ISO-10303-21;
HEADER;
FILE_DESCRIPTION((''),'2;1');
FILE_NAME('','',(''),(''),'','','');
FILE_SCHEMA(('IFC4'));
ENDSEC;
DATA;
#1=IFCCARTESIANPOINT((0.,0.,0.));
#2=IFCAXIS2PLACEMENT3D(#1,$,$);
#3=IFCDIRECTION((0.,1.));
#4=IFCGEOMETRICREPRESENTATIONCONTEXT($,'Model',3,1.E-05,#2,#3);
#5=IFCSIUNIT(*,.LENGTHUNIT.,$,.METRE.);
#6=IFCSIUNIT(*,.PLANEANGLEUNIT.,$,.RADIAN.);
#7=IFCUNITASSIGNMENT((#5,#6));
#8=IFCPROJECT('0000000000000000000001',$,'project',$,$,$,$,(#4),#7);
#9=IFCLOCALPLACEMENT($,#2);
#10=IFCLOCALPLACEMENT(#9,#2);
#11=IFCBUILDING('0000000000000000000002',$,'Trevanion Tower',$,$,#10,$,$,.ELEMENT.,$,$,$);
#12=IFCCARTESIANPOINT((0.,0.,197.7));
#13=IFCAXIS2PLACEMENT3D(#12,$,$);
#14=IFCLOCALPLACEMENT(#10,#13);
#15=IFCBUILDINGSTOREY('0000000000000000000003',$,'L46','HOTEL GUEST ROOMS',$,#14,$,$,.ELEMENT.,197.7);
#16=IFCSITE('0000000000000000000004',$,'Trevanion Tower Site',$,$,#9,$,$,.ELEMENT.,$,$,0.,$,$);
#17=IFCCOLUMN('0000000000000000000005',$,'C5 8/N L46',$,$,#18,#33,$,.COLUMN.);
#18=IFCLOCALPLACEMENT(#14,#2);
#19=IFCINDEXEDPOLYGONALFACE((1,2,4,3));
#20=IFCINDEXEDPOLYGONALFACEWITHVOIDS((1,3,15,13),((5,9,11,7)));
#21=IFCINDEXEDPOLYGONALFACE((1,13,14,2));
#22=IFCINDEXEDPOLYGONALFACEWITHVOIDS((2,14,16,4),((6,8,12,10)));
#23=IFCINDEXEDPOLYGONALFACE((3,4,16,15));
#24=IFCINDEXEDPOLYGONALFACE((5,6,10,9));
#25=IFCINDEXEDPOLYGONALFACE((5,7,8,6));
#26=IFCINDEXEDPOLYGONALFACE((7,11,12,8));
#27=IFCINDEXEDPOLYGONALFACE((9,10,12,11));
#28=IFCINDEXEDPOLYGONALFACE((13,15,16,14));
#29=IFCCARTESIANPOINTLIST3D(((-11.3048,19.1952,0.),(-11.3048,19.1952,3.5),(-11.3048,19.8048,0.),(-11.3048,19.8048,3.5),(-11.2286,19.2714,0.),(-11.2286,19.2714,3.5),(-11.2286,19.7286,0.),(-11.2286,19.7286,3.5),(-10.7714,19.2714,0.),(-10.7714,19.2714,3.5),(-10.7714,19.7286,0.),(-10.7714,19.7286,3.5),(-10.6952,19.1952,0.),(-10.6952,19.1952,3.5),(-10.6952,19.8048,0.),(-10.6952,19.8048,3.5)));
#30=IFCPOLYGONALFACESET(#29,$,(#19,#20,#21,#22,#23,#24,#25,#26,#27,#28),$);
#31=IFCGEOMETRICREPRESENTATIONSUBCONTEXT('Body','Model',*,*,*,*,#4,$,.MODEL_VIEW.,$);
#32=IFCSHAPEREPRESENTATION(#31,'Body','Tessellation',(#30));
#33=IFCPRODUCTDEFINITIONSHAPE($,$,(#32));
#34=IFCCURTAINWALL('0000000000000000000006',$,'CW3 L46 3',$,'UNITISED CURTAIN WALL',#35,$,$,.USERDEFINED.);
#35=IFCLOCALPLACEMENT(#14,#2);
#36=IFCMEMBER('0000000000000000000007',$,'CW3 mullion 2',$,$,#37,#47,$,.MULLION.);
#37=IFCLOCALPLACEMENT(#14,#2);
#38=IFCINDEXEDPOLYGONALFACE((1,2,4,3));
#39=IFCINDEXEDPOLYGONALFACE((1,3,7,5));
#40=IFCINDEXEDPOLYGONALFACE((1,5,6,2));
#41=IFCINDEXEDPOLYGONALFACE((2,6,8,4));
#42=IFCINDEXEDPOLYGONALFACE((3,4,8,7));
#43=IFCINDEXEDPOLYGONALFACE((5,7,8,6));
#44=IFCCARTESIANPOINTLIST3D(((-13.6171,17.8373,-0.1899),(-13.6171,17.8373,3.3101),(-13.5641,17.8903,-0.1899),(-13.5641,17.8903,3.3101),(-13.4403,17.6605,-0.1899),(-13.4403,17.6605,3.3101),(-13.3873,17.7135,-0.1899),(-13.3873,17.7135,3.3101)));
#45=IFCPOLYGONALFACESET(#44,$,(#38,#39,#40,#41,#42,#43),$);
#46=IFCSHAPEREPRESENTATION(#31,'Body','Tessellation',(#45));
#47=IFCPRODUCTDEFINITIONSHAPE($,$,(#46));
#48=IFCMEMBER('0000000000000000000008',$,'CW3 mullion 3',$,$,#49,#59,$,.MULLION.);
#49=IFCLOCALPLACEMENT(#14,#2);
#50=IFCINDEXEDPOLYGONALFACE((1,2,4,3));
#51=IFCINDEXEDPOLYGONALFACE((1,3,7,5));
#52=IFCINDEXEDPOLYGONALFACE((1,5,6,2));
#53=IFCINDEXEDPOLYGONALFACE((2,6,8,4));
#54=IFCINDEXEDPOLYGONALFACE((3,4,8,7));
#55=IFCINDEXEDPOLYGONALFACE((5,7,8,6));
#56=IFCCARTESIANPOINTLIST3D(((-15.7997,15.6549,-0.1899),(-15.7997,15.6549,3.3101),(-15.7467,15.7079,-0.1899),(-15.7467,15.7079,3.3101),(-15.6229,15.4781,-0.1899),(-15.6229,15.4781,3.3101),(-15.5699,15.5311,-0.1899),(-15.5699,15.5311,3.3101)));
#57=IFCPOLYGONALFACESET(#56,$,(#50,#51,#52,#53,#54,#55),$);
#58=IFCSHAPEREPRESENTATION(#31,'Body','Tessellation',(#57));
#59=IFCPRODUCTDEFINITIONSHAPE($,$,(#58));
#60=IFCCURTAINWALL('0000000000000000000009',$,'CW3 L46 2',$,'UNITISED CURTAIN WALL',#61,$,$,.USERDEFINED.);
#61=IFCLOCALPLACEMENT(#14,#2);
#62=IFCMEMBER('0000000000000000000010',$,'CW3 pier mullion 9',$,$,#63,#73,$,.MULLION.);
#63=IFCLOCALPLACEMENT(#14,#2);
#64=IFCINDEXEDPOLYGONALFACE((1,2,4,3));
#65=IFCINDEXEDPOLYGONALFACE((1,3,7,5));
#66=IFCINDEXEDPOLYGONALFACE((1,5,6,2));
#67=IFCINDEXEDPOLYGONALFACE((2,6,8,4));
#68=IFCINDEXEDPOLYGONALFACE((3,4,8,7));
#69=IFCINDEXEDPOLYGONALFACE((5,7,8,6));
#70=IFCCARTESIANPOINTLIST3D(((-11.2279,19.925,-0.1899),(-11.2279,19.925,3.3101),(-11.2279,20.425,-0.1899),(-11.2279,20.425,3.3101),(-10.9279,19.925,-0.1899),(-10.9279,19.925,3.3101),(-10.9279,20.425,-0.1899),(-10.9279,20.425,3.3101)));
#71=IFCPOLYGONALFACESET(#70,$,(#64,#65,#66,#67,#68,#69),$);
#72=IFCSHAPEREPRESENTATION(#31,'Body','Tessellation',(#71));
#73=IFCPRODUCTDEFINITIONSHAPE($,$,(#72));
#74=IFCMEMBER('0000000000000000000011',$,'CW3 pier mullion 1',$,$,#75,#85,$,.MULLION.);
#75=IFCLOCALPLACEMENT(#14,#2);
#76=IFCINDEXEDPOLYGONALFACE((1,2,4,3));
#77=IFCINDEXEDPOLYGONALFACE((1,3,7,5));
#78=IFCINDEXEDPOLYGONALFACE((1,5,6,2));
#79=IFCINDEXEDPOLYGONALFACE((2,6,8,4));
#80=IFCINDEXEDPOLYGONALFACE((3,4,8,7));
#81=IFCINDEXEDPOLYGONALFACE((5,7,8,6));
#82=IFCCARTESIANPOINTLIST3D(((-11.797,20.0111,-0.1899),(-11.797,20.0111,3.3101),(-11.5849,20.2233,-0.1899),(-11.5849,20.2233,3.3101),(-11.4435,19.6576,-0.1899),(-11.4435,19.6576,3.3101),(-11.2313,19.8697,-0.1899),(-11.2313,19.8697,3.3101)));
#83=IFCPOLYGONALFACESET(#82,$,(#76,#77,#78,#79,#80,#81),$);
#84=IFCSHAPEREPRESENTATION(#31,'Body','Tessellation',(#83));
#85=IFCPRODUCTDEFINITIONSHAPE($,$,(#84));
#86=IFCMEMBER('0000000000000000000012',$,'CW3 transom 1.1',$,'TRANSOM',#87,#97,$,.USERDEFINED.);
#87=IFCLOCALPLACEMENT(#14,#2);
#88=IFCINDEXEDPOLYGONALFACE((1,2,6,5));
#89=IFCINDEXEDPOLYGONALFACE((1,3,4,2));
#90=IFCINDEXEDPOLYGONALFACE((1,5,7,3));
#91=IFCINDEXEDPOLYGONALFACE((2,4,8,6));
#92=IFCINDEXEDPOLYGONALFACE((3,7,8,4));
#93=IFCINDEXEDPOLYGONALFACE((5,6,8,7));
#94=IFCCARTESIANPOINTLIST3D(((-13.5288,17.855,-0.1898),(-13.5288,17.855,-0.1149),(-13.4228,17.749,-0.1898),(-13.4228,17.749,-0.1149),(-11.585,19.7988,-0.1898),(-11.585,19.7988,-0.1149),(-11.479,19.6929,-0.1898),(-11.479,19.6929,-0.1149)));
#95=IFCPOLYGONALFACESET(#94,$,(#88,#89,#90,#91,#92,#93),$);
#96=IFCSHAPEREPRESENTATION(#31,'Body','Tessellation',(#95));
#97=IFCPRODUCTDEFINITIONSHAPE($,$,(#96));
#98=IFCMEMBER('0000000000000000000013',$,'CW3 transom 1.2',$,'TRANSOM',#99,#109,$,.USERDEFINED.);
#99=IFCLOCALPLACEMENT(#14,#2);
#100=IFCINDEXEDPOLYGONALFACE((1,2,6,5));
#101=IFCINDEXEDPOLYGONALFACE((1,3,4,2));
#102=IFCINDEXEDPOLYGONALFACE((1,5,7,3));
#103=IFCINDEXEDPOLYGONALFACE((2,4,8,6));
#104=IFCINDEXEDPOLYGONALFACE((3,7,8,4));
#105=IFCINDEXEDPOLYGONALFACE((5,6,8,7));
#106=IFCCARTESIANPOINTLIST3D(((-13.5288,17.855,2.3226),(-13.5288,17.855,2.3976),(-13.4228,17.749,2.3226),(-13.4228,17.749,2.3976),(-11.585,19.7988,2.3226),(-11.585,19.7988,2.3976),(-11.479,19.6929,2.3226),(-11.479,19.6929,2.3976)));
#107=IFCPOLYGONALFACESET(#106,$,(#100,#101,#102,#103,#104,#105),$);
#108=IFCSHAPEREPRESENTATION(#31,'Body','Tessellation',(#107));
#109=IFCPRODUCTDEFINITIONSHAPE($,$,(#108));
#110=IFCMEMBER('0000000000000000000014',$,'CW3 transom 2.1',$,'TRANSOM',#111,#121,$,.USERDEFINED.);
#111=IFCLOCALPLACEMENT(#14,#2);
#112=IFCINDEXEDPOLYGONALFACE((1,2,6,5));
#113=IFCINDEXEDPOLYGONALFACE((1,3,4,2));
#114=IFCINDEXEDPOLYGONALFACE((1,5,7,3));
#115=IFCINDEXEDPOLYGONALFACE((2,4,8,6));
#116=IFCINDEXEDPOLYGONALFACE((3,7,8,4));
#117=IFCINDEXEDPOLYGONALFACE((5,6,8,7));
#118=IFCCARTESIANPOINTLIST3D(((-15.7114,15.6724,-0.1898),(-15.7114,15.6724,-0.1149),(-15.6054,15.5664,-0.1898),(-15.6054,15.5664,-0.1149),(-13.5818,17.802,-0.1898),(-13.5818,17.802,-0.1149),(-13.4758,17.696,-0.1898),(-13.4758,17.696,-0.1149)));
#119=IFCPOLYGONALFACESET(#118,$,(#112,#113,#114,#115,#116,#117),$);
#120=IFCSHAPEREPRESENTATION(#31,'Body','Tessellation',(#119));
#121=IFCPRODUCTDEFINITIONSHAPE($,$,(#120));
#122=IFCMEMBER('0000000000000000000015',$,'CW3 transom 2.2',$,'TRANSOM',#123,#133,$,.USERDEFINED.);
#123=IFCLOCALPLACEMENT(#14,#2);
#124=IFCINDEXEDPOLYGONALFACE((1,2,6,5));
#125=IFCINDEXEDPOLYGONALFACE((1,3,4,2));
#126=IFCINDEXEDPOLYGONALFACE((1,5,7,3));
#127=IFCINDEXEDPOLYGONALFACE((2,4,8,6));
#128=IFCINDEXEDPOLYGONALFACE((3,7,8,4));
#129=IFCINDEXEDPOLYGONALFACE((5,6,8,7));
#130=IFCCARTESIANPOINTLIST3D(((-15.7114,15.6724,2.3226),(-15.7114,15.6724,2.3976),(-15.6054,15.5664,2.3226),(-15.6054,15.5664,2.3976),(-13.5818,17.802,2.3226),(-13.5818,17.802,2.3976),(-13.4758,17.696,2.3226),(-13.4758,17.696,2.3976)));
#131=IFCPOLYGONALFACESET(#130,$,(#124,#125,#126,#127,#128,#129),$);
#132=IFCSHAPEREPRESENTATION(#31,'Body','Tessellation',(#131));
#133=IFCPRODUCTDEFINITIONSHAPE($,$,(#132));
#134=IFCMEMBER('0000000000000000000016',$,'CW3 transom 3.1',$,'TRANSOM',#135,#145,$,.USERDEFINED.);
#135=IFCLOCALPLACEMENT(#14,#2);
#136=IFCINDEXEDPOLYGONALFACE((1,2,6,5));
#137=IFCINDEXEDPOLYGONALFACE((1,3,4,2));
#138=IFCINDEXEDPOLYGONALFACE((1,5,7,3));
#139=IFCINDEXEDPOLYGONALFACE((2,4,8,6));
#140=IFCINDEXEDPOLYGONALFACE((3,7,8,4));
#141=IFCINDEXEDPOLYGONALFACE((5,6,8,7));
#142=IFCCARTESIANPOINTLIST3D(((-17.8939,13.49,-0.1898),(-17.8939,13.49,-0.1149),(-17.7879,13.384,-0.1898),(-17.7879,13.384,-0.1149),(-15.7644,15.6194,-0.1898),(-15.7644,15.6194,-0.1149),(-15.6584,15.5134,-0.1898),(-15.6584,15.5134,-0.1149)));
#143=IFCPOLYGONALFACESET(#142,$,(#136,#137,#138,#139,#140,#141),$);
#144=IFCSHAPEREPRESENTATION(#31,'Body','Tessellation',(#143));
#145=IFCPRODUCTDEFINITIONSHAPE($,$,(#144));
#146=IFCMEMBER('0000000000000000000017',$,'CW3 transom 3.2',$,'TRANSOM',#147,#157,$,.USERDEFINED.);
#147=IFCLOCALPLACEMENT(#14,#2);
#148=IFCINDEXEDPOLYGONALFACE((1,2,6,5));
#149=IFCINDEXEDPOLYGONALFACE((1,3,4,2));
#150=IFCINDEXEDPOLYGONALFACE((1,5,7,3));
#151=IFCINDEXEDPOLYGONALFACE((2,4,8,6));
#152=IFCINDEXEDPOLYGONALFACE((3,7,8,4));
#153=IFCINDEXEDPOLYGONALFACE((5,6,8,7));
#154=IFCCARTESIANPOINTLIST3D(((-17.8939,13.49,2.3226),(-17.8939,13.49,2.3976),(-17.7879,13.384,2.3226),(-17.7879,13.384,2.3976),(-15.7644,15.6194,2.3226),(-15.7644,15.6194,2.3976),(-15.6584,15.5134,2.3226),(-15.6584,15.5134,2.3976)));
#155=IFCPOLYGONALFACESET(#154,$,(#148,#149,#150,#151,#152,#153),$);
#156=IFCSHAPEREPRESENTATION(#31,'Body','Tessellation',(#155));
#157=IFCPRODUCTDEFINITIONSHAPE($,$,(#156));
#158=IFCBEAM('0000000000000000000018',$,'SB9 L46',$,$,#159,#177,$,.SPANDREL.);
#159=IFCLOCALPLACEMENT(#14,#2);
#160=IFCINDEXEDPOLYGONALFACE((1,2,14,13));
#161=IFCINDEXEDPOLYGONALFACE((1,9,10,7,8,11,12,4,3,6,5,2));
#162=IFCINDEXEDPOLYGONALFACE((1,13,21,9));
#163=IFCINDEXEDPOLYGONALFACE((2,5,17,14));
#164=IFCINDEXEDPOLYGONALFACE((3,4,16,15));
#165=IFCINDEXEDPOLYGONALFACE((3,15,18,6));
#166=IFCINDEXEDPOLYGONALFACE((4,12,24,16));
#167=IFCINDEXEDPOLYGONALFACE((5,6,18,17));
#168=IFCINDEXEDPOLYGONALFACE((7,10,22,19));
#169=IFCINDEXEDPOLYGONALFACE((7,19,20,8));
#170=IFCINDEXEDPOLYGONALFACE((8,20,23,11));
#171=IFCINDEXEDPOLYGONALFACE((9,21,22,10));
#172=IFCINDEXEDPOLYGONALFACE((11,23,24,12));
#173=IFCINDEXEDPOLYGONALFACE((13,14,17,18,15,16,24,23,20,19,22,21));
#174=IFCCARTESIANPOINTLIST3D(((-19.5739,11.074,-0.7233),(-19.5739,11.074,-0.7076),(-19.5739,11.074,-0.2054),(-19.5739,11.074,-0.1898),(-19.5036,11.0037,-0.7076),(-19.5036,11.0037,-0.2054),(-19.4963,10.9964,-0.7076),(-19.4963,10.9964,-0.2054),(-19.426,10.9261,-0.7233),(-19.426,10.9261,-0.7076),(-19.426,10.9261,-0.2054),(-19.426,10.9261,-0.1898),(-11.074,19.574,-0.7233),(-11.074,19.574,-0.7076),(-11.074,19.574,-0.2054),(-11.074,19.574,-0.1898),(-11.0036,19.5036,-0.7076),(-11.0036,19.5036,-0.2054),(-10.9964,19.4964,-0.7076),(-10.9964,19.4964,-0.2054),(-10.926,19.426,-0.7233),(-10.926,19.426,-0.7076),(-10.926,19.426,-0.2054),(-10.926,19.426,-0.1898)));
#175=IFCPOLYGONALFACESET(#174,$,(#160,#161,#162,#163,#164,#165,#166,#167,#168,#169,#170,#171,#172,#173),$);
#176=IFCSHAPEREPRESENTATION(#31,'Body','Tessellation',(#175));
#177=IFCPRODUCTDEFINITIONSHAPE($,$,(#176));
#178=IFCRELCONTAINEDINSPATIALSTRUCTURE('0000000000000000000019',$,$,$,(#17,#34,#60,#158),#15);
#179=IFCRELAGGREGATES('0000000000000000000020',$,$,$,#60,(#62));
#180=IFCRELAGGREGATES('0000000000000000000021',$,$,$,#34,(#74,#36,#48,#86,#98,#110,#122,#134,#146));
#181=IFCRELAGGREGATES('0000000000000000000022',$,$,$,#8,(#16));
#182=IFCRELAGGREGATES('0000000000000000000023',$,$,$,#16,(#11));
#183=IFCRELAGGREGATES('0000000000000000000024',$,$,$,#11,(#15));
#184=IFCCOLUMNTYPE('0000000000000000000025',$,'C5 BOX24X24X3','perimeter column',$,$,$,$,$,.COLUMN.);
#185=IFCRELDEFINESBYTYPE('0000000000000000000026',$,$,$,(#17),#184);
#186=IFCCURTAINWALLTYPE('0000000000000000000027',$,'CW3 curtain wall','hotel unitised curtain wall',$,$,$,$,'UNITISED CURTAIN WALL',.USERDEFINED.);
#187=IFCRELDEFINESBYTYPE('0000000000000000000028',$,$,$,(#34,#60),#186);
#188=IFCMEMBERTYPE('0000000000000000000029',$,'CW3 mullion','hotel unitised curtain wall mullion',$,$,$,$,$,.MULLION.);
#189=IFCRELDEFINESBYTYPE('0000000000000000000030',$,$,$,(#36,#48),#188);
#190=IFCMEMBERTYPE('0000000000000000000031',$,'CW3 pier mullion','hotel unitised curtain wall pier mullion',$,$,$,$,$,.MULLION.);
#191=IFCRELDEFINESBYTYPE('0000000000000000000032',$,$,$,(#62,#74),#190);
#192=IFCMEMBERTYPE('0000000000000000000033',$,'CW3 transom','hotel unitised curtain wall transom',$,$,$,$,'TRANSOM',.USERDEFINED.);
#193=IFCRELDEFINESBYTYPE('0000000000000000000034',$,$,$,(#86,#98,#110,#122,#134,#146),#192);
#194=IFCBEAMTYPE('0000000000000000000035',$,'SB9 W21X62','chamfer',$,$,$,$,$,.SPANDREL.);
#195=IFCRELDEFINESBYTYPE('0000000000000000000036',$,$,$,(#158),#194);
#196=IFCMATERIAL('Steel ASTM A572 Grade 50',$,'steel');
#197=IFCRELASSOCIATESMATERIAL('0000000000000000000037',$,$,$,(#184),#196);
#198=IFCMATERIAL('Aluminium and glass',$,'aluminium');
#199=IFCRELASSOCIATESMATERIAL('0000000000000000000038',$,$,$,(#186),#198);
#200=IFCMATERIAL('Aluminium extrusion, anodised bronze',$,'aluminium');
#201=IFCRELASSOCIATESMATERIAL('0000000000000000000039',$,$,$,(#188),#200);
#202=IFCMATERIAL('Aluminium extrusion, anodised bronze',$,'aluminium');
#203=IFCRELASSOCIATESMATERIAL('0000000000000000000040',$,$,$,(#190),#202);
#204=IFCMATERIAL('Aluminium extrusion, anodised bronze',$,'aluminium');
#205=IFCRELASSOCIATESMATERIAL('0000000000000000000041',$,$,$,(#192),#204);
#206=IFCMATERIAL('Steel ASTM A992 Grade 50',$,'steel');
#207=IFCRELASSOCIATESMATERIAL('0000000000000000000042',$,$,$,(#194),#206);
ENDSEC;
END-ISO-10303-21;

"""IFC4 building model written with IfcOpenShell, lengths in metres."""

from ifc_helpers import new_model, si_unit, direction, frame, origin, origin_2d, place, context, subcontext, project, spatial, rectangle, hollow_rectangle, i_section, extrude, material, material_profile, profile_set, type_object, element, aggregate, save


model = new_model("IFC4")

# Units and contexts
model_context = context("Model", 3, precision=1e-05, world=origin(), true_north=direction((0.0, 1.0)))
body_context = subcontext(model_context, "Body", "Model", "MODEL_VIEW")
ifc_project = project(units=[si_unit("LENGTHUNIT", "METRE"), si_unit("PLANEANGLEUNIT", "RADIAN")], contexts=[model_context])

# Site, building, storey
site_placement = place(None, origin())
site = spatial("IfcSite", under=ifc_project, at=site_placement, Name="Trevanion Tower Site", CompositionType="ELEMENT", RefElevation=0.0)
building_placement = place(site_placement, origin())
building = spatial("IfcBuilding", under=site, at=building_placement, Name="Trevanion Tower", CompositionType="ELEMENT")
storey_placement = place(building_placement, frame((0.0, 0.0, 197.7)))
storey = spatial("IfcBuildingStorey", under=building, at=storey_placement, Name="L46", Description="HOTEL GUEST ROOMS", CompositionType="ELEMENT", Elevation=197.7)

# Column
ifc_material_1 = material(Name="Steel ASTM A572 Grade 50", Category="steel")
ifc_material_profile_1 = material_profile(ifc_material_1, hollow_rectangle(XDim=0.6096, YDim=0.6096, WallThickness=0.0762, at=origin_2d()), Name="BOX24X24X3")
ifc_profile_set_1 = profile_set([ifc_material_profile_1], Name="Steel ASTM A572 Grade 50")
column_type = type_object("IfcColumnType", Name="C5 BOX24X24X3", Description="perimeter column", PredefinedType="COLUMN", material=ifc_profile_set_1)
column_placement = place(storey_placement, frame((-11.0, 19.5, 0.0), z_axis=(0.0, 0.0, 1.0), x_axis=(1.0, 0.0, 0.0)))
element("IfcColumn", 1, at=column_placement, inside=storey, type_object=column_type, Name="C5 8/N L46", PredefinedType="COLUMN", context=body_context, shape_type="SweptSolid", body=[
    extrude(hollow_rectangle(XDim=0.6096, YDim=0.6096, WallThickness=0.0762, at=origin_2d()), origin(), (0.0, 0.0, 1.0), 3.5),
])

# Curtain wall, members
ifc_material_2 = material(Name="Aluminium and glass", Category="aluminium")
curtain_wall_type = type_object("IfcCurtainWallType", Name="CW3 curtain wall", Description="hotel unitised curtain wall", ElementType="UNITISED CURTAIN WALL", PredefinedType="USERDEFINED", material=ifc_material_2)
curtain_wall_1_placement = place(storey_placement, origin())
curtain_wall_1 = element("IfcCurtainWall", 2, at=curtain_wall_1_placement, inside=storey, type_object=curtain_wall_type, Name="CW3 L46 3", ObjectType="UNITISED CURTAIN WALL", PredefinedType="USERDEFINED")
ifc_material_3 = material(Name="Aluminium extrusion, anodised bronze", Category="aluminium")
ifc_material_profile_2 = material_profile(ifc_material_3, rectangle(XDim=0.075, YDim=0.25, at=origin_2d()), Name="CW3 mullion")
ifc_profile_set_2 = profile_set([ifc_material_profile_2], Name="Aluminium extrusion, anodised bronze")
member_type_1 = type_object("IfcMemberType", Name="CW3 mullion", Description="hotel unitised curtain wall mullion", PredefinedType="MULLION", material=ifc_profile_set_2)
member_1_placement = place(storey_placement, frame((-13.5022, 17.7754, -0.1899), z_axis=(0.0, 0.0, 1.0), x_axis=(-0.707107, -0.707107, 0.0)))
member_1 = element("IfcMember", 3, at=member_1_placement, type_object=member_type_1, Name="CW3 mullion 2", PredefinedType="MULLION", context=body_context, shape_type="SweptSolid", body=[
    extrude(rectangle(XDim=0.075, YDim=0.25, at=origin_2d()), origin(), (0.0, 0.0, 1.0), 3.5),
])
member_2_placement = place(storey_placement, frame((-15.6848, 15.593, -0.1899), z_axis=(0.0, 0.0, 1.0), x_axis=(-0.707107, -0.707107, 0.0)))
member_2 = element("IfcMember", 4, at=member_2_placement, type_object=member_type_1, Name="CW3 mullion 3", PredefinedType="MULLION", context=body_context, shape_type="SweptSolid", body=[
    extrude(rectangle(XDim=0.075, YDim=0.25, at=origin_2d()), origin(), (0.0, 0.0, 1.0), 3.5),
])

# Curtain wall, member
curtain_wall_2_placement = place(storey_placement, origin())
curtain_wall_2 = element("IfcCurtainWall", 5, at=curtain_wall_2_placement, inside=storey, type_object=curtain_wall_type, Name="CW3 L46 2", ObjectType="UNITISED CURTAIN WALL", PredefinedType="USERDEFINED")
ifc_material_4 = material(Name="Aluminium extrusion, anodised bronze", Category="aluminium")
ifc_material_profile_3 = material_profile(ifc_material_4, rectangle(XDim=0.3, YDim=0.5, at=origin_2d()), Name="CW3 pier mullion")
ifc_profile_set_3 = profile_set([ifc_material_profile_3], Name="Aluminium extrusion, anodised bronze")
member_type_2 = type_object("IfcMemberType", Name="CW3 pier mullion", Description="hotel unitised curtain wall pier mullion", PredefinedType="MULLION", material=ifc_profile_set_3)
member_3_placement = place(storey_placement, frame((-11.0779, 20.175, -0.1899), z_axis=(0.0, 0.0, 1.0), x_axis=(-1.0, 0.0, 0.0)))
member_3 = element("IfcMember", 6, at=member_3_placement, type_object=member_type_2, Name="CW3 pier mullion 9", PredefinedType="MULLION", context=body_context, shape_type="SweptSolid", body=[
    extrude(rectangle(XDim=0.3, YDim=0.5, at=origin_2d()), origin(), (0.0, 0.0, 1.0), 3.5),
])
aggregate(curtain_wall_2, [member_3])

# Members
member_4_placement = place(storey_placement, frame((-11.5142, 19.9404, -0.1899), z_axis=(0.0, 0.0, 1.0), x_axis=(-0.707107, -0.707107, 0.0)))
member_4 = element("IfcMember", 7, at=member_4_placement, type_object=member_type_2, Name="CW3 pier mullion 1", PredefinedType="MULLION", context=body_context, shape_type="SweptSolid", body=[
    extrude(rectangle(XDim=0.3, YDim=0.5, at=origin_2d()), origin(), (0.0, 0.0, 1.0), 3.5),
])
ifc_material_5 = material(Name="Aluminium extrusion, anodised bronze", Category="aluminium")
ifc_material_profile_4 = material_profile(ifc_material_5, rectangle(XDim=0.1499, YDim=0.075, at=origin_2d()), Name="CW3 transom")
ifc_profile_set_4 = profile_set([ifc_material_profile_4], Name="Aluminium extrusion, anodised bronze")
member_type_3 = type_object("IfcMemberType", Name="CW3 transom", Description="hotel unitised curtain wall transom", ElementType="TRANSOM", PredefinedType="USERDEFINED", material=ifc_profile_set_4)
member_5_placement = place(storey_placement, frame((-11.532, 19.7458, -0.1523), z_axis=(-0.707107, -0.707107, 0.0), x_axis=(0.707107, -0.707107, 0.0)))
member_5 = element("IfcMember", 8, at=member_5_placement, type_object=member_type_3, Name="CW3 transom 1.1", ObjectType="TRANSOM", PredefinedType="USERDEFINED", context=body_context, shape_type="SweptSolid", body=[
    extrude(rectangle(XDim=0.1499, YDim=0.075, at=origin_2d()), origin(), (0.0, 0.0, 1.0), 2.749),
])
member_6_placement = place(storey_placement, frame((-11.532, 19.7458, 2.3601), z_axis=(-0.707107, -0.707107, 0.0), x_axis=(0.707107, -0.707107, 0.0)))
member_6 = element("IfcMember", 9, at=member_6_placement, type_object=member_type_3, Name="CW3 transom 1.2", ObjectType="TRANSOM", PredefinedType="USERDEFINED", context=body_context, shape_type="SweptSolid", body=[
    extrude(rectangle(XDim=0.1499, YDim=0.075, at=origin_2d()), origin(), (0.0, 0.0, 1.0), 2.749),
])
member_7_placement = place(storey_placement, frame((-13.5288, 17.749, -0.1523), z_axis=(-0.707107, -0.707107, 0.0), x_axis=(0.707107, -0.707107, 0.0)))
member_7 = element("IfcMember", 10, at=member_7_placement, type_object=member_type_3, Name="CW3 transom 2.1", ObjectType="TRANSOM", PredefinedType="USERDEFINED", context=body_context, shape_type="SweptSolid", body=[
    extrude(rectangle(XDim=0.1499, YDim=0.075, at=origin_2d()), origin(), (0.0, 0.0, 1.0), 3.0117),
])
member_8_placement = place(storey_placement, frame((-13.5288, 17.749, 2.3601), z_axis=(-0.707107, -0.707107, 0.0), x_axis=(0.707107, -0.707107, 0.0)))
member_8 = element("IfcMember", 11, at=member_8_placement, type_object=member_type_3, Name="CW3 transom 2.2", ObjectType="TRANSOM", PredefinedType="USERDEFINED", context=body_context, shape_type="SweptSolid", body=[
    extrude(rectangle(XDim=0.1499, YDim=0.075, at=origin_2d()), origin(), (0.0, 0.0, 1.0), 3.0117),
])
member_9_placement = place(storey_placement, frame((-15.7114, 15.5664, -0.1523), z_axis=(-0.707107, -0.707107, 0.0), x_axis=(0.707107, -0.707107, 0.0)))
member_9 = element("IfcMember", 12, at=member_9_placement, type_object=member_type_3, Name="CW3 transom 3.1", ObjectType="TRANSOM", PredefinedType="USERDEFINED", context=body_context, shape_type="SweptSolid", body=[
    extrude(rectangle(XDim=0.1499, YDim=0.075, at=origin_2d()), origin(), (0.0, 0.0, 1.0), 3.0115),
])
member_10_placement = place(storey_placement, frame((-15.7114, 15.5664, 2.3601), z_axis=(-0.707107, -0.707107, 0.0), x_axis=(0.707107, -0.707107, 0.0)))
member_10 = element("IfcMember", 13, at=member_10_placement, type_object=member_type_3, Name="CW3 transom 3.2", ObjectType="TRANSOM", PredefinedType="USERDEFINED", context=body_context, shape_type="SweptSolid", body=[
    extrude(rectangle(XDim=0.1499, YDim=0.075, at=origin_2d()), origin(), (0.0, 0.0, 1.0), 3.0115),
])

# Beam
ifc_material_6 = material(Name="Steel ASTM A992 Grade 50", Category="steel")
ifc_material_profile_5 = material_profile(ifc_material_6, i_section(OverallWidth=0.2092, OverallDepth=0.5334, WebThickness=0.0103, FlangeThickness=0.0156, at=origin_2d()), Name="W21X62")
ifc_profile_set_5 = profile_set([ifc_material_profile_5], Name="Steel ASTM A992 Grade 50")
beam_type = type_object("IfcBeamType", Name="SB9 W21X62", Description="chamfer", PredefinedType="SPANDREL", material=ifc_profile_set_5)
beam_placement = place(storey_placement, frame((-11.0, 19.5, -0.4565), z_axis=(-0.707107, -0.707107, 0.0), x_axis=(0.707107, -0.707107, 0.0)))
element("IfcBeam", 14, at=beam_placement, inside=storey, type_object=beam_type, Name="SB9 L46", PredefinedType="SPANDREL", context=body_context, shape_type="SweptSolid", body=[
    extrude(i_section(OverallWidth=0.2092, OverallDepth=0.5334, WebThickness=0.0103, FlangeThickness=0.0156, at=origin_2d()), origin(), (0.0, 0.0, 1.0), 12.0208),
])

aggregate(curtain_wall_1, [member_4, member_1, member_2, member_5, member_6, member_7, member_8, member_9, member_10])

save(model, "model.ifc")
